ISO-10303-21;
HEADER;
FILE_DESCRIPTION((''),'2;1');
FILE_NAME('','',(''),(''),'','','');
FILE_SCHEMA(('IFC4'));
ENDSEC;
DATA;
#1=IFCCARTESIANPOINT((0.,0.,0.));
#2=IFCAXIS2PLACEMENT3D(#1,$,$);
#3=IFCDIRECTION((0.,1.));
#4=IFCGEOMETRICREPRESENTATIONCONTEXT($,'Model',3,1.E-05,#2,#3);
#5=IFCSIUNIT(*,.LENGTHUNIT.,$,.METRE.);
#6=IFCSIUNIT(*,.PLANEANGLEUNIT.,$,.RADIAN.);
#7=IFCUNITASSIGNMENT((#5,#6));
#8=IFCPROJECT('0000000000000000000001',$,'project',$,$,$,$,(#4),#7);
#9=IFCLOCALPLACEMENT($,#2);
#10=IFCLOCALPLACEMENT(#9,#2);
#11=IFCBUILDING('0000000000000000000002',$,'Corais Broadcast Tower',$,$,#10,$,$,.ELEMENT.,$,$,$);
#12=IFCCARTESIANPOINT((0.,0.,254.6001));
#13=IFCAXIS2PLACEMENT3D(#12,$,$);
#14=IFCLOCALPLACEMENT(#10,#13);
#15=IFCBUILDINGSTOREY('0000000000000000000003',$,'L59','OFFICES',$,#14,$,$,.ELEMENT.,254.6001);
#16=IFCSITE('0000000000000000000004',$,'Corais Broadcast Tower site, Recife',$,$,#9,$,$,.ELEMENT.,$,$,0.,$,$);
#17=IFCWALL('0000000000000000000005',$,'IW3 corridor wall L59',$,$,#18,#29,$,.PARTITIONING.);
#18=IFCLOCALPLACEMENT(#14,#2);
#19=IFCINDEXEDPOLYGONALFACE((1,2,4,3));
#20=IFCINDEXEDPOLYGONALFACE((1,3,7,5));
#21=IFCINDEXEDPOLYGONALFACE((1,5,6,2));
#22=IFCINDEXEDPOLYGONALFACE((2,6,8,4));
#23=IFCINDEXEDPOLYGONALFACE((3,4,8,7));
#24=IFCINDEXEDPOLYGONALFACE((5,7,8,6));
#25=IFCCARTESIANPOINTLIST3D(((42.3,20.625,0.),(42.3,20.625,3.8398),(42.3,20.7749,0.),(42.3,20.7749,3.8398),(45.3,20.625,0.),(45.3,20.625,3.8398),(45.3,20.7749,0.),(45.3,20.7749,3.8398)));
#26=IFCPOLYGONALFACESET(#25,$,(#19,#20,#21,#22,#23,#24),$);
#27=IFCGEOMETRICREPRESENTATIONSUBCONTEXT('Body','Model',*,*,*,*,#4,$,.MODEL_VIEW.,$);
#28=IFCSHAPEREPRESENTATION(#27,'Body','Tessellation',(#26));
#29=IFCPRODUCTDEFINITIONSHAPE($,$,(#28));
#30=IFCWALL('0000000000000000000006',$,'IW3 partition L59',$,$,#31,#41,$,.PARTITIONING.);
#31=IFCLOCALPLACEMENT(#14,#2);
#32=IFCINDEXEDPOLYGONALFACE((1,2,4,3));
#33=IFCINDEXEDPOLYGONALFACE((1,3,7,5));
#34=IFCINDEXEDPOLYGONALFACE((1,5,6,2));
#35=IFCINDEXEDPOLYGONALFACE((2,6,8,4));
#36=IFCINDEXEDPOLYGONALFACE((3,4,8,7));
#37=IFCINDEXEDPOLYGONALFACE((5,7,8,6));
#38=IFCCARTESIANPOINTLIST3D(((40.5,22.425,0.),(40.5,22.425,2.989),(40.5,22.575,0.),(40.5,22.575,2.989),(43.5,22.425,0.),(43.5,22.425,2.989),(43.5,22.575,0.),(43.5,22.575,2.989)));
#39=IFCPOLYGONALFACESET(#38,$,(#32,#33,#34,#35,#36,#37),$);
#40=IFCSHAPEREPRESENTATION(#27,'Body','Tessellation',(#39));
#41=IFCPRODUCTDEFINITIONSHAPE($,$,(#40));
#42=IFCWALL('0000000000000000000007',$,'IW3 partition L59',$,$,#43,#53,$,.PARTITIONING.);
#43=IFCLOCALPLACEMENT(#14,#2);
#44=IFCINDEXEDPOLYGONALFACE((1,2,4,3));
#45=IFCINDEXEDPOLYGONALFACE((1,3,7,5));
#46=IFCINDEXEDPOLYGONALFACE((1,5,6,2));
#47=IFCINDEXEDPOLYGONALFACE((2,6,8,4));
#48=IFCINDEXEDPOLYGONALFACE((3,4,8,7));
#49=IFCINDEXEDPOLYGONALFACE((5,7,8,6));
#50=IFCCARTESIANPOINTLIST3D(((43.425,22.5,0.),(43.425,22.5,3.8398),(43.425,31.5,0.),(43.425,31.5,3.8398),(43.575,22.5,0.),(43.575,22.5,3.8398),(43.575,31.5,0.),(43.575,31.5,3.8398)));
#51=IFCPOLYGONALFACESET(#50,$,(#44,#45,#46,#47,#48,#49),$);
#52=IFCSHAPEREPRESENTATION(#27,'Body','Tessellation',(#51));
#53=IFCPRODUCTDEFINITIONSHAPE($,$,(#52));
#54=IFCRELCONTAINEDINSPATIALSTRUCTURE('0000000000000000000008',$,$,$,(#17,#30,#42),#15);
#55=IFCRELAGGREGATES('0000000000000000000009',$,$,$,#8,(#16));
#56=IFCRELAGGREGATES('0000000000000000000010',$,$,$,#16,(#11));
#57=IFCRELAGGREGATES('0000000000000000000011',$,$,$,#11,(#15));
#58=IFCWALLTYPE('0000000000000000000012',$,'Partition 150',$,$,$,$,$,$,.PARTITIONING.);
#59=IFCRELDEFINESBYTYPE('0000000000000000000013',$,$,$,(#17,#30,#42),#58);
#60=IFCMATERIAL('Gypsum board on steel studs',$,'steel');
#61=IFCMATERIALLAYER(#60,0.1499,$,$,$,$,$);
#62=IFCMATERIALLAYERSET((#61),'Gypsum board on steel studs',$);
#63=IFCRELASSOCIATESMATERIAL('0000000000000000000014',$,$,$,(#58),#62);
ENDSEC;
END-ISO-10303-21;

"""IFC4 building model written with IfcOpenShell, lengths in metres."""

from ifc_helpers import new_model, si_unit, direction, frame, frame_2d, origin, place, context, subcontext, project, spatial, rectangle, extrude, material, layer, layer_set, type_object, element, save


model = new_model("IFC4")

# Units and contexts
model_context = context("Model", 3, precision=1e-05, world=origin(), true_north=direction((0.0, 1.0)))
body_context = subcontext(model_context, "Body", "Model", "MODEL_VIEW")
ifc_project = project(units=[si_unit("LENGTHUNIT", "METRE"), si_unit("PLANEANGLEUNIT", "RADIAN")], contexts=[model_context])

# Site, building, storey
site_placement = place(None, origin())
site = spatial("IfcSite", under=ifc_project, at=site_placement, Name="Corais Broadcast Tower site, Recife", CompositionType="ELEMENT", RefElevation=0.0)
building_placement = place(site_placement, origin())
building = spatial("IfcBuilding", under=site, at=building_placement, Name="Corais Broadcast Tower", CompositionType="ELEMENT")
storey_placement = place(building_placement, frame((0.0, 0.0, 254.6001)))
storey = spatial("IfcBuildingStorey", under=building, at=storey_placement, Name="L59", Description="OFFICES", CompositionType="ELEMENT", Elevation=254.6001)

# Shared definitions
ifc_material_1 = material(Name="Gypsum board on steel studs", Category="steel")
ifc_layer_1 = layer(ifc_material_1, 0.1499)
ifc_layer_set_1 = layer_set([ifc_layer_1], Name="Gypsum board on steel studs")
wall_type = type_object("IfcWallType", Name="Partition 150", PredefinedType="PARTITIONING", material=ifc_layer_set_1)

# Walls
wall_1_placement = place(storey_placement, frame((42.3, 20.7, 0.0), z_axis=(0.0, 0.0, 1.0), x_axis=(1.0, 0.0, 0.0)))
element("IfcWall", 1, at=wall_1_placement, inside=storey, type_object=wall_type, Name="IW3 corridor wall L59", PredefinedType="PARTITIONING", context=body_context, shape_type="SweptSolid", body=[
    extrude(rectangle(XDim=3.0, YDim=0.1499, at=frame_2d((1.5, 0.0))), origin(), (0.0, 0.0, 1.0), 3.8398),
])
wall_2_placement = place(storey_placement, frame((40.5, 22.5, 0.0), z_axis=(0.0, 0.0, 1.0), x_axis=(1.0, 0.0, 0.0)))
element("IfcWall", 2, at=wall_2_placement, inside=storey, type_object=wall_type, Name="IW3 partition L59", PredefinedType="PARTITIONING", context=body_context, shape_type="SweptSolid", body=[
    extrude(rectangle(XDim=3.0, YDim=0.1499, at=frame_2d((1.5, 0.0))), origin(), (0.0, 0.0, 1.0), 2.989),
])
wall_3_placement = place(storey_placement, frame((43.5, 22.5, 0.0), z_axis=(0.0, 0.0, 1.0), x_axis=(0.0, 1.0, 0.0)))
element("IfcWall", 3, at=wall_3_placement, inside=storey, type_object=wall_type, Name="IW3 partition L59", PredefinedType="PARTITIONING", context=body_context, shape_type="SweptSolid", body=[
    extrude(rectangle(XDim=9.0, YDim=0.1499, at=frame_2d((4.5, 0.0))), origin(), (0.0, 0.0, 1.0), 3.8398),
])

save(model, "model.ifc")
